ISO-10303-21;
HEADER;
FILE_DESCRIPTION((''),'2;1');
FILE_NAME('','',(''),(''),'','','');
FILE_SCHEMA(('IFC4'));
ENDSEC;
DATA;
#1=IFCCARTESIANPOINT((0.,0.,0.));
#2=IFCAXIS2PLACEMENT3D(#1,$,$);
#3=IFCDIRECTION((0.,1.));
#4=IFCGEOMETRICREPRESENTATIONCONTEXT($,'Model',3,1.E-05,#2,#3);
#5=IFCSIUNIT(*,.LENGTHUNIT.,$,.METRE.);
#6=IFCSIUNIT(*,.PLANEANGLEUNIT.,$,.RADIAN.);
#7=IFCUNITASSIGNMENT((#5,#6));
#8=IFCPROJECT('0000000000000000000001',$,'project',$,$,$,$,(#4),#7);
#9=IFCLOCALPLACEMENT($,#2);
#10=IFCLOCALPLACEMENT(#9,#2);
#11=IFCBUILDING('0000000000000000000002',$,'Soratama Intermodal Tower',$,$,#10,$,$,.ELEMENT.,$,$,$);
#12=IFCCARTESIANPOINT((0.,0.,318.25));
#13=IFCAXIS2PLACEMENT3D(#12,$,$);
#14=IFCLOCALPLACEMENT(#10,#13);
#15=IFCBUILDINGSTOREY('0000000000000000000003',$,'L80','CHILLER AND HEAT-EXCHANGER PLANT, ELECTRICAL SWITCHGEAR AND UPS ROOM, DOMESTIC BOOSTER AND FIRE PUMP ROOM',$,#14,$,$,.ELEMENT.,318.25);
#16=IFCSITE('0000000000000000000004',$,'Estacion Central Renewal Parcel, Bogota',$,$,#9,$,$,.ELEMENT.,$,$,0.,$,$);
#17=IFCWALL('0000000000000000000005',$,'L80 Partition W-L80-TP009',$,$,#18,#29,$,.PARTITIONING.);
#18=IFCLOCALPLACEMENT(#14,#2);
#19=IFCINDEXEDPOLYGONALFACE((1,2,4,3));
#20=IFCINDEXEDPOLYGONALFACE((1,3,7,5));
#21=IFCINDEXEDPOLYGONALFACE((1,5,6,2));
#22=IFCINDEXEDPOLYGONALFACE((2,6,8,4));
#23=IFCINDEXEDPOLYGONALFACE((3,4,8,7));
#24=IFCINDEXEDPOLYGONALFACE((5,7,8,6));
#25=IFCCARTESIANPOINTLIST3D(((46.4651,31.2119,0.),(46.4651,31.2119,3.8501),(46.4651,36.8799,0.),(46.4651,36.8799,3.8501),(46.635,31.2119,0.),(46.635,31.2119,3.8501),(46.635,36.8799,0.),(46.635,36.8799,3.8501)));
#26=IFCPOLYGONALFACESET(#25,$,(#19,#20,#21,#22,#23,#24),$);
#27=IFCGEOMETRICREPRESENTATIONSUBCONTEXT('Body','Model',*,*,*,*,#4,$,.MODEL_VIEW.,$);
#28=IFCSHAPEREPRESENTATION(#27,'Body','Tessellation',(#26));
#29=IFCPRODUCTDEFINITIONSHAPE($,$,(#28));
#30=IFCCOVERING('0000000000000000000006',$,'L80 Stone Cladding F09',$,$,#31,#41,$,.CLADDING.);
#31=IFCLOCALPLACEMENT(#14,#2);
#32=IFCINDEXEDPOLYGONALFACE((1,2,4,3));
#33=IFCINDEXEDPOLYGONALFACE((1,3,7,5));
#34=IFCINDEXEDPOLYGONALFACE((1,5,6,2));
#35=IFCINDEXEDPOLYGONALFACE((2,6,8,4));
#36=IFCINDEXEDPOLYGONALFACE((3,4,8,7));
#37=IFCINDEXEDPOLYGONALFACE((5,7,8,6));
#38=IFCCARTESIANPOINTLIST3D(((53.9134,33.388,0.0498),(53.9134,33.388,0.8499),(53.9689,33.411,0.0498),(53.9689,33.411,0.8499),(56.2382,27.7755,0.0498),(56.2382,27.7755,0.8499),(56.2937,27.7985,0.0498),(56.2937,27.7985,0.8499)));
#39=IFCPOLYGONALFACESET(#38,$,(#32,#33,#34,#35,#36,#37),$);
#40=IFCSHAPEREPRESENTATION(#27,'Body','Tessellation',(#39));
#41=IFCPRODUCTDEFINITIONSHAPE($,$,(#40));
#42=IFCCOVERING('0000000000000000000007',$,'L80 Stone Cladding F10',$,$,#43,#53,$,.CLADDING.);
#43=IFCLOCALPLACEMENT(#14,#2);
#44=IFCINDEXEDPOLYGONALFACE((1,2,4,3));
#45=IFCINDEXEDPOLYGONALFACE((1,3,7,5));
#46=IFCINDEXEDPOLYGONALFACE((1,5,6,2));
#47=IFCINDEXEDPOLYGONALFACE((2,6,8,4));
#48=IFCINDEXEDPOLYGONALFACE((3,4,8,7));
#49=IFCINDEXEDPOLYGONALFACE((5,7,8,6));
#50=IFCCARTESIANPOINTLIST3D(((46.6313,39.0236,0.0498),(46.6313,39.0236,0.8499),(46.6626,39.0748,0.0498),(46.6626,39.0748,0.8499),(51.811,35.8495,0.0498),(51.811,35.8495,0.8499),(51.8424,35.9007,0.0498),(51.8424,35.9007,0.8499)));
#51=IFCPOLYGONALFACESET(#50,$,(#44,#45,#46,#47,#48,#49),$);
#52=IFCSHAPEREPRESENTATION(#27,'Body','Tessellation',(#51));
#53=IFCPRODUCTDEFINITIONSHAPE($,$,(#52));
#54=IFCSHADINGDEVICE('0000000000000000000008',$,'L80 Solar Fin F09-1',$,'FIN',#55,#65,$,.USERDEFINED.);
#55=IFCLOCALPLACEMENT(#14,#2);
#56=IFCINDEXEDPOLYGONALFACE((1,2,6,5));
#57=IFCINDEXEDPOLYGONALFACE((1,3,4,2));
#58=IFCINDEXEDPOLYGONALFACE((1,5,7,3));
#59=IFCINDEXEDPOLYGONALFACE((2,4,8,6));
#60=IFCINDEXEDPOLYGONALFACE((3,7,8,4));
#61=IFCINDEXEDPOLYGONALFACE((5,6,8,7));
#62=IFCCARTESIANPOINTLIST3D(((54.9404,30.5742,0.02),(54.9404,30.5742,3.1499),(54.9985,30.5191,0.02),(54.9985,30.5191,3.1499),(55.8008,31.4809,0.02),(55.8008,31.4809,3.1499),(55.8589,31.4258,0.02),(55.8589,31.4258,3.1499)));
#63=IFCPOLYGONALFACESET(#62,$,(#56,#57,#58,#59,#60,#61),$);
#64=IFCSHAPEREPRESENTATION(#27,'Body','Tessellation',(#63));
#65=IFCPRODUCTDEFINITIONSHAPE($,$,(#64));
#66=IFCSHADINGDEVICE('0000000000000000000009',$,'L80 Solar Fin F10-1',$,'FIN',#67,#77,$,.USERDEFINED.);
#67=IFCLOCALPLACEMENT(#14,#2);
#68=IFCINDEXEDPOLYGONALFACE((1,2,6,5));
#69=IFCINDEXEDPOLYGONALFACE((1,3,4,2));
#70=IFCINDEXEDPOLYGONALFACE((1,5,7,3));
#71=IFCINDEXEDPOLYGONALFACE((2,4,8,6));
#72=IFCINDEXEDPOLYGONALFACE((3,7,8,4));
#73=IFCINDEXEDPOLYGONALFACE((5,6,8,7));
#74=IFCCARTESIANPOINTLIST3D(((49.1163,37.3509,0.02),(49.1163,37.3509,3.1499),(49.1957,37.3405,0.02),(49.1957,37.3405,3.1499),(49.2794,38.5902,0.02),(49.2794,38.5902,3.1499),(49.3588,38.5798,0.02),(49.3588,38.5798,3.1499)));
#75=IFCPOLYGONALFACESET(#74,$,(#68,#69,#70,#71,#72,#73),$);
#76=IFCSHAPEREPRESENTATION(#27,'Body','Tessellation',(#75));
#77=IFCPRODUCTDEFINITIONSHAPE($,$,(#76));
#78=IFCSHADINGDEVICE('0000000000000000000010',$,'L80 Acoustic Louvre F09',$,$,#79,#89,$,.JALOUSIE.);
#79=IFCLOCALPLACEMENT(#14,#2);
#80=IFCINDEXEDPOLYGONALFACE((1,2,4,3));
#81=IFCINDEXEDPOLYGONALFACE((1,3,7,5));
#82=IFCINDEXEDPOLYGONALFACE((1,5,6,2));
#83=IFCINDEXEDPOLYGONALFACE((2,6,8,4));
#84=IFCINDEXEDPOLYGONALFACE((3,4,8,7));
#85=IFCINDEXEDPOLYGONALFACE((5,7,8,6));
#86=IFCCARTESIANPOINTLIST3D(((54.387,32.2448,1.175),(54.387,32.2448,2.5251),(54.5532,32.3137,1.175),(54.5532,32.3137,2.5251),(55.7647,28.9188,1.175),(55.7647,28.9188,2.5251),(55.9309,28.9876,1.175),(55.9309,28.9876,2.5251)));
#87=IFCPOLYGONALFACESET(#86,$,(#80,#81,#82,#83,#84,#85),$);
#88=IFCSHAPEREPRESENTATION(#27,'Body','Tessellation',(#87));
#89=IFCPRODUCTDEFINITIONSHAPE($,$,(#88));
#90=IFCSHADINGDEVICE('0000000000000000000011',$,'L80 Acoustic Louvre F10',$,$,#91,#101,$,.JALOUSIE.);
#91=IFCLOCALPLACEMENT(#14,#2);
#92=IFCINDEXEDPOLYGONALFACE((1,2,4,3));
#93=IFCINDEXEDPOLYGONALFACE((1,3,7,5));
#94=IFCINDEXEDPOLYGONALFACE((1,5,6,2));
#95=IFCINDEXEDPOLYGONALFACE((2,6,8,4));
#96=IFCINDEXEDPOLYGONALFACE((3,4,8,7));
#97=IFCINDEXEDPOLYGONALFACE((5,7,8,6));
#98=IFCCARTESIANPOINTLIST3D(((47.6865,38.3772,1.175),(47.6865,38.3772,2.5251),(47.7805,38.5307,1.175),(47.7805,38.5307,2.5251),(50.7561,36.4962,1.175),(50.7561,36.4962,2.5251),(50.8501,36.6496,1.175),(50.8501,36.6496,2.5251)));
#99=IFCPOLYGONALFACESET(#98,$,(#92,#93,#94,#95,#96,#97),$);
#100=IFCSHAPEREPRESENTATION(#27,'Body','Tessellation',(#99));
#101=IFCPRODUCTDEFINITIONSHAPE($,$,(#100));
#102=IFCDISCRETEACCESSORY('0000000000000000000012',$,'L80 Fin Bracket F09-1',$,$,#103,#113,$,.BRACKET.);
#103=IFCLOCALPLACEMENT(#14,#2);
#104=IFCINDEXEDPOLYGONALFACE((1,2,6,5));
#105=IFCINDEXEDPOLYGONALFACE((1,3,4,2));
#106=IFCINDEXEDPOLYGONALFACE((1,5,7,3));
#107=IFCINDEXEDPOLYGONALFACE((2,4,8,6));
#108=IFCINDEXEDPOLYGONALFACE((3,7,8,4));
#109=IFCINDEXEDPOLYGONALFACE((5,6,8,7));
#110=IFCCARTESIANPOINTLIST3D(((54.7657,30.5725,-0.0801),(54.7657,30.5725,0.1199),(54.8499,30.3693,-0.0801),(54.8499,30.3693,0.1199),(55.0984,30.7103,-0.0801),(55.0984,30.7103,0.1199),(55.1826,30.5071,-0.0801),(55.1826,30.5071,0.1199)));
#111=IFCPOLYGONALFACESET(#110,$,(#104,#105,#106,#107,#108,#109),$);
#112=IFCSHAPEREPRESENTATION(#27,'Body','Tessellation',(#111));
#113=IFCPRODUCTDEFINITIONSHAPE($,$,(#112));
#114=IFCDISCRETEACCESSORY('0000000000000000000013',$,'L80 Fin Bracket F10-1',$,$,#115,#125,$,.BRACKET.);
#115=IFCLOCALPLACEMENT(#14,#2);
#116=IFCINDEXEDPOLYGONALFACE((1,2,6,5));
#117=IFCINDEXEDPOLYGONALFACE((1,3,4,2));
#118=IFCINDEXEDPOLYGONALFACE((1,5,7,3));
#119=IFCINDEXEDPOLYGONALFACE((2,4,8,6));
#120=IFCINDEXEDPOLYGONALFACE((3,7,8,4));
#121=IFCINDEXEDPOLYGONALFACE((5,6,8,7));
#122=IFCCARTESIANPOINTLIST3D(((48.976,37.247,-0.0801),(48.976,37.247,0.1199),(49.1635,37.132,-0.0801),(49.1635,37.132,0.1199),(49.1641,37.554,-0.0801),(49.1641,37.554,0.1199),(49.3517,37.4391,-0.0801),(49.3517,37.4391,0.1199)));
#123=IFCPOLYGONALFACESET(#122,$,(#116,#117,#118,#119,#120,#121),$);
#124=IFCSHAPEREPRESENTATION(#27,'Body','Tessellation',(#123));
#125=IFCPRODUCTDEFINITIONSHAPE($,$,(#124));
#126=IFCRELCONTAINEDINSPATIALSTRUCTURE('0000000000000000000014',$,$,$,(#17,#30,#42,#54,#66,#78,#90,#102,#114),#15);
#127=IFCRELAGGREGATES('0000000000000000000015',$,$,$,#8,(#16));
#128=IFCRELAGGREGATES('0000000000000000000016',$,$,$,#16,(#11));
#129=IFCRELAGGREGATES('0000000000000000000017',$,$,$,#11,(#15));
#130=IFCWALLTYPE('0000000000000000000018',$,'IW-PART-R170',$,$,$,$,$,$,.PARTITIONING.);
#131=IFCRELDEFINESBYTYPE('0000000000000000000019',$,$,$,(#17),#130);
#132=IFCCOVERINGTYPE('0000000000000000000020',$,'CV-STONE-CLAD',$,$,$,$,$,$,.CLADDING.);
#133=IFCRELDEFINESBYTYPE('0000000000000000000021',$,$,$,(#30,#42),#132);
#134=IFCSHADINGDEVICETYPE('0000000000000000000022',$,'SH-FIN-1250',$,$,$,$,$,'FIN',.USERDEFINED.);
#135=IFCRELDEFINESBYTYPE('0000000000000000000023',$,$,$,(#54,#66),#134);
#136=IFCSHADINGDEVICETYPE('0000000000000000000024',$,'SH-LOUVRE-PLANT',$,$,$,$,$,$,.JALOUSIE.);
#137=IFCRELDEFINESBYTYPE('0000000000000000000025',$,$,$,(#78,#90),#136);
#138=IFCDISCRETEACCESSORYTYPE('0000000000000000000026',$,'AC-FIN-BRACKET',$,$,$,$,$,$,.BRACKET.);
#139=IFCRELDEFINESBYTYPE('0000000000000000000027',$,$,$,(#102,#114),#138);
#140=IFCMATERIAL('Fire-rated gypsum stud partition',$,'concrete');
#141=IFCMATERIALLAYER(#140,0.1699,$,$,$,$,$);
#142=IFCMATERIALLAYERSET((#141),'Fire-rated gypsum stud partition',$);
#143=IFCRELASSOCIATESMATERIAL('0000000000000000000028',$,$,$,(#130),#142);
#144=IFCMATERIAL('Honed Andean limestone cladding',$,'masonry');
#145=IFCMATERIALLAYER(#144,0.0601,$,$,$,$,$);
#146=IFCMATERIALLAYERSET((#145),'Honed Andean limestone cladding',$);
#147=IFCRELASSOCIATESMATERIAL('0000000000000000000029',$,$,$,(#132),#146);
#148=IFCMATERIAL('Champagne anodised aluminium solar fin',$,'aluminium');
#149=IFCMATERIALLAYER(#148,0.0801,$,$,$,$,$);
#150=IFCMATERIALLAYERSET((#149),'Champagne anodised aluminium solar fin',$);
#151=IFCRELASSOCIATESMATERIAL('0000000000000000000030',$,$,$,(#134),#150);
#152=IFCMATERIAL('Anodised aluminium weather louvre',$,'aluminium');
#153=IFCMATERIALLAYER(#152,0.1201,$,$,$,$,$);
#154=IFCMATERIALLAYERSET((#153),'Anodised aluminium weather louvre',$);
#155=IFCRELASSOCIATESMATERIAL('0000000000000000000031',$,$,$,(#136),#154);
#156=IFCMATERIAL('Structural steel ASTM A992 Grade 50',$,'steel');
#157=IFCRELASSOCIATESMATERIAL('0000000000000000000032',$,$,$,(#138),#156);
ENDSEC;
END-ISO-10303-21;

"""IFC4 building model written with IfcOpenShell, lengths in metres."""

from ifc_helpers import new_model, si_unit, direction, frame, frame_2d, origin, origin_2d, place, context, subcontext, project, spatial, rectangle, extrude, material, layer, layer_set, type_object, element, save


model = new_model("IFC4")

# Units and contexts
model_context = context("Model", 3, precision=1e-05, world=origin(), true_north=direction((0.0, 1.0)))
body_context = subcontext(model_context, "Body", "Model", "MODEL_VIEW")
ifc_project = project(units=[si_unit("LENGTHUNIT", "METRE"), si_unit("PLANEANGLEUNIT", "RADIAN")], contexts=[model_context])

# Site, building, storey
site_placement = place(None, origin())
site = spatial("IfcSite", under=ifc_project, at=site_placement, Name="Estacion Central Renewal Parcel, Bogota", CompositionType="ELEMENT", RefElevation=0.0)
building_placement = place(site_placement, origin())
building = spatial("IfcBuilding", under=site, at=building_placement, Name="Soratama Intermodal Tower", CompositionType="ELEMENT")
storey_placement = place(building_placement, frame((0.0, 0.0, 318.25)))
storey = spatial("IfcBuildingStorey", under=building, at=storey_placement, Name="L80", Description="CHILLER AND HEAT-EXCHANGER PLANT, ELECTRICAL SWITCHGEAR AND UPS ROOM, DOMESTIC BOOSTER AND FIRE PUMP ROOM", CompositionType="ELEMENT", Elevation=318.25)

# Shared definitions
ifc_material_1 = material(Name="Fire-rated gypsum stud partition", Category="concrete")
ifc_layer_1 = layer(ifc_material_1, 0.1699)
ifc_layer_set_1 = layer_set([ifc_layer_1], Name="Fire-rated gypsum stud partition")
wall_type_1 = type_object("IfcWallType", Name="IW-PART-R170", PredefinedType="PARTITIONING", material=ifc_layer_set_1)

# Wall
wall_1_placement = place(storey_placement, frame((46.55, 36.8799, 0.0), z_axis=(0.0, 0.0, 1.0), x_axis=(0.0, -1.0, 0.0)))
element("IfcWall", 1, at=wall_1_placement, inside=storey, type_object=wall_type_1, Name="L80 Partition W-L80-TP009", PredefinedType="PARTITIONING", context=body_context, shape_type="SweptSolid", body=[
    extrude(rectangle(XDim=5.668, YDim=0.1699, at=frame_2d((2.834, 0.0))), origin(), (0.0, 0.0, 1.0), 3.8501),
])

# Coverings
ifc_material_2 = material(Name="Honed Andean limestone cladding", Category="masonry")
ifc_layer_2 = layer(ifc_material_2, 0.0601)
ifc_layer_set_2 = layer_set([ifc_layer_2], Name="Honed Andean limestone cladding")
covering_type = type_object("IfcCoveringType", Name="CV-STONE-CLAD", PredefinedType="CLADDING", material=ifc_layer_set_2)
for number, where, z_axis, x_axis, name in (
    (2, (55.1035, 30.5933, 0.0498), (0.0, 0.0, 1.0), (-0.382683, 0.92388, 0.0), "L80 Stone Cladding F09"),
    (3, (49.2368, 37.4622, 0.0498), (0.0, 0.0, 1.0), (-0.85264, 0.522499, 0.0), "L80 Stone Cladding F10"),
):
    element("IfcCovering", number, at=place(storey_placement, frame(where, z_axis=z_axis, x_axis=x_axis)), inside=storey, type_object=covering_type, Name=name, PredefinedType="CLADDING", context=body_context, shape_type="SweptSolid", body=[
        extrude(rectangle(XDim=6.075, YDim=0.0601, at=origin_2d()), origin(), (0.0, 0.0, 1.0), 0.8),
    ])

# Shading devices
ifc_material_3 = material(Name="Champagne anodised aluminium solar fin", Category="aluminium")
ifc_layer_3 = layer(ifc_material_3, 0.0801)
ifc_layer_set_3 = layer_set([ifc_layer_3], Name="Champagne anodised aluminium solar fin")
shading_device_type_1 = type_object("IfcShadingDeviceType", Name="SH-FIN-1250", ElementType="FIN", PredefinedType="USERDEFINED", material=ifc_layer_set_3)
for number, where, z_axis, x_axis, name in (
    (4, (55.3997, 31.0, 0.02), (0.0, 0.0, 1.0), (0.688355, 0.725374, 0.0), "L80 Solar Fin F09-1"),
    (5, (49.2375, 37.9653, 0.02), (0.0, 0.0, 1.0), (0.130526, 0.991445, 0.0), "L80 Solar Fin F10-1"),
):
    element("IfcShadingDevice", number, at=place(storey_placement, frame(where, z_axis=z_axis, x_axis=x_axis)), inside=storey, type_object=shading_device_type_1, Name=name, ObjectType="FIN", PredefinedType="USERDEFINED", context=body_context, shape_type="SweptSolid", body=[
        extrude(rectangle(XDim=1.25, YDim=0.0801, at=origin_2d()), origin(), (0.0, 0.0, 1.0), 3.1299),
    ])
ifc_material_4 = material(Name="Anodised aluminium weather louvre", Category="aluminium")
ifc_layer_4 = layer(ifc_material_4, 0.1201)
ifc_layer_set_4 = layer_set([ifc_layer_4], Name="Anodised aluminium weather louvre")
shading_device_type_2 = type_object("IfcShadingDeviceType", Name="SH-LOUVRE-PLANT", PredefinedType="JALOUSIE", material=ifc_layer_set_4)
for number, where, z_axis, x_axis, name in (
    (6, (55.1589, 30.6162, 1.175), (0.0, 0.0, 1.0), (-0.382683, 0.92388, 0.0), "L80 Acoustic Louvre F09"),
    (7, (49.2683, 37.5134, 1.175), (0.0, 0.0, 1.0), (-0.85264, 0.522499, 0.0), "L80 Acoustic Louvre F10"),
):
    element("IfcShadingDevice", number, at=place(storey_placement, frame(where, z_axis=z_axis, x_axis=x_axis)), inside=storey, type_object=shading_device_type_2, Name=name, PredefinedType="JALOUSIE", context=body_context, shape_type="SweptSolid", body=[
        extrude(rectangle(XDim=3.6001, YDim=0.1799, at=origin_2d()), origin(), (0.0, 0.0, 1.0), 1.3501),
    ])

# Discrete accessories
ifc_material_5 = material(Name="Structural steel ASTM A992 Grade 50", Category="steel")
discrete_accessory_type = type_object("IfcDiscreteAccessoryType", Name="AC-FIN-BRACKET", PredefinedType="BRACKET", material=ifc_material_5)
for number, where, z_axis, x_axis, name in (
    (8, (54.9741, 30.5398, -0.0801), (0.0, 0.0, 1.0), (0.92388, 0.382683, 0.0), "L80 Fin Bracket F09-1"),
    (9, (49.1638, 37.343, -0.0801), (0.0, 0.0, 1.0), (0.522499, 0.85264, 0.0), "L80 Fin Bracket F10-1"),
):
    element("IfcDiscreteAccessory", number, at=place(storey_placement, frame(where, z_axis=z_axis, x_axis=x_axis)), inside=storey, type_object=discrete_accessory_type, Name=name, PredefinedType="BRACKET", context=body_context, shape_type="SweptSolid", body=[
        extrude(rectangle(XDim=0.3601, YDim=0.22, at=origin_2d()), origin(), (0.0, 0.0, 1.0), 0.2),
    ])

save(model, "model.ifc")
